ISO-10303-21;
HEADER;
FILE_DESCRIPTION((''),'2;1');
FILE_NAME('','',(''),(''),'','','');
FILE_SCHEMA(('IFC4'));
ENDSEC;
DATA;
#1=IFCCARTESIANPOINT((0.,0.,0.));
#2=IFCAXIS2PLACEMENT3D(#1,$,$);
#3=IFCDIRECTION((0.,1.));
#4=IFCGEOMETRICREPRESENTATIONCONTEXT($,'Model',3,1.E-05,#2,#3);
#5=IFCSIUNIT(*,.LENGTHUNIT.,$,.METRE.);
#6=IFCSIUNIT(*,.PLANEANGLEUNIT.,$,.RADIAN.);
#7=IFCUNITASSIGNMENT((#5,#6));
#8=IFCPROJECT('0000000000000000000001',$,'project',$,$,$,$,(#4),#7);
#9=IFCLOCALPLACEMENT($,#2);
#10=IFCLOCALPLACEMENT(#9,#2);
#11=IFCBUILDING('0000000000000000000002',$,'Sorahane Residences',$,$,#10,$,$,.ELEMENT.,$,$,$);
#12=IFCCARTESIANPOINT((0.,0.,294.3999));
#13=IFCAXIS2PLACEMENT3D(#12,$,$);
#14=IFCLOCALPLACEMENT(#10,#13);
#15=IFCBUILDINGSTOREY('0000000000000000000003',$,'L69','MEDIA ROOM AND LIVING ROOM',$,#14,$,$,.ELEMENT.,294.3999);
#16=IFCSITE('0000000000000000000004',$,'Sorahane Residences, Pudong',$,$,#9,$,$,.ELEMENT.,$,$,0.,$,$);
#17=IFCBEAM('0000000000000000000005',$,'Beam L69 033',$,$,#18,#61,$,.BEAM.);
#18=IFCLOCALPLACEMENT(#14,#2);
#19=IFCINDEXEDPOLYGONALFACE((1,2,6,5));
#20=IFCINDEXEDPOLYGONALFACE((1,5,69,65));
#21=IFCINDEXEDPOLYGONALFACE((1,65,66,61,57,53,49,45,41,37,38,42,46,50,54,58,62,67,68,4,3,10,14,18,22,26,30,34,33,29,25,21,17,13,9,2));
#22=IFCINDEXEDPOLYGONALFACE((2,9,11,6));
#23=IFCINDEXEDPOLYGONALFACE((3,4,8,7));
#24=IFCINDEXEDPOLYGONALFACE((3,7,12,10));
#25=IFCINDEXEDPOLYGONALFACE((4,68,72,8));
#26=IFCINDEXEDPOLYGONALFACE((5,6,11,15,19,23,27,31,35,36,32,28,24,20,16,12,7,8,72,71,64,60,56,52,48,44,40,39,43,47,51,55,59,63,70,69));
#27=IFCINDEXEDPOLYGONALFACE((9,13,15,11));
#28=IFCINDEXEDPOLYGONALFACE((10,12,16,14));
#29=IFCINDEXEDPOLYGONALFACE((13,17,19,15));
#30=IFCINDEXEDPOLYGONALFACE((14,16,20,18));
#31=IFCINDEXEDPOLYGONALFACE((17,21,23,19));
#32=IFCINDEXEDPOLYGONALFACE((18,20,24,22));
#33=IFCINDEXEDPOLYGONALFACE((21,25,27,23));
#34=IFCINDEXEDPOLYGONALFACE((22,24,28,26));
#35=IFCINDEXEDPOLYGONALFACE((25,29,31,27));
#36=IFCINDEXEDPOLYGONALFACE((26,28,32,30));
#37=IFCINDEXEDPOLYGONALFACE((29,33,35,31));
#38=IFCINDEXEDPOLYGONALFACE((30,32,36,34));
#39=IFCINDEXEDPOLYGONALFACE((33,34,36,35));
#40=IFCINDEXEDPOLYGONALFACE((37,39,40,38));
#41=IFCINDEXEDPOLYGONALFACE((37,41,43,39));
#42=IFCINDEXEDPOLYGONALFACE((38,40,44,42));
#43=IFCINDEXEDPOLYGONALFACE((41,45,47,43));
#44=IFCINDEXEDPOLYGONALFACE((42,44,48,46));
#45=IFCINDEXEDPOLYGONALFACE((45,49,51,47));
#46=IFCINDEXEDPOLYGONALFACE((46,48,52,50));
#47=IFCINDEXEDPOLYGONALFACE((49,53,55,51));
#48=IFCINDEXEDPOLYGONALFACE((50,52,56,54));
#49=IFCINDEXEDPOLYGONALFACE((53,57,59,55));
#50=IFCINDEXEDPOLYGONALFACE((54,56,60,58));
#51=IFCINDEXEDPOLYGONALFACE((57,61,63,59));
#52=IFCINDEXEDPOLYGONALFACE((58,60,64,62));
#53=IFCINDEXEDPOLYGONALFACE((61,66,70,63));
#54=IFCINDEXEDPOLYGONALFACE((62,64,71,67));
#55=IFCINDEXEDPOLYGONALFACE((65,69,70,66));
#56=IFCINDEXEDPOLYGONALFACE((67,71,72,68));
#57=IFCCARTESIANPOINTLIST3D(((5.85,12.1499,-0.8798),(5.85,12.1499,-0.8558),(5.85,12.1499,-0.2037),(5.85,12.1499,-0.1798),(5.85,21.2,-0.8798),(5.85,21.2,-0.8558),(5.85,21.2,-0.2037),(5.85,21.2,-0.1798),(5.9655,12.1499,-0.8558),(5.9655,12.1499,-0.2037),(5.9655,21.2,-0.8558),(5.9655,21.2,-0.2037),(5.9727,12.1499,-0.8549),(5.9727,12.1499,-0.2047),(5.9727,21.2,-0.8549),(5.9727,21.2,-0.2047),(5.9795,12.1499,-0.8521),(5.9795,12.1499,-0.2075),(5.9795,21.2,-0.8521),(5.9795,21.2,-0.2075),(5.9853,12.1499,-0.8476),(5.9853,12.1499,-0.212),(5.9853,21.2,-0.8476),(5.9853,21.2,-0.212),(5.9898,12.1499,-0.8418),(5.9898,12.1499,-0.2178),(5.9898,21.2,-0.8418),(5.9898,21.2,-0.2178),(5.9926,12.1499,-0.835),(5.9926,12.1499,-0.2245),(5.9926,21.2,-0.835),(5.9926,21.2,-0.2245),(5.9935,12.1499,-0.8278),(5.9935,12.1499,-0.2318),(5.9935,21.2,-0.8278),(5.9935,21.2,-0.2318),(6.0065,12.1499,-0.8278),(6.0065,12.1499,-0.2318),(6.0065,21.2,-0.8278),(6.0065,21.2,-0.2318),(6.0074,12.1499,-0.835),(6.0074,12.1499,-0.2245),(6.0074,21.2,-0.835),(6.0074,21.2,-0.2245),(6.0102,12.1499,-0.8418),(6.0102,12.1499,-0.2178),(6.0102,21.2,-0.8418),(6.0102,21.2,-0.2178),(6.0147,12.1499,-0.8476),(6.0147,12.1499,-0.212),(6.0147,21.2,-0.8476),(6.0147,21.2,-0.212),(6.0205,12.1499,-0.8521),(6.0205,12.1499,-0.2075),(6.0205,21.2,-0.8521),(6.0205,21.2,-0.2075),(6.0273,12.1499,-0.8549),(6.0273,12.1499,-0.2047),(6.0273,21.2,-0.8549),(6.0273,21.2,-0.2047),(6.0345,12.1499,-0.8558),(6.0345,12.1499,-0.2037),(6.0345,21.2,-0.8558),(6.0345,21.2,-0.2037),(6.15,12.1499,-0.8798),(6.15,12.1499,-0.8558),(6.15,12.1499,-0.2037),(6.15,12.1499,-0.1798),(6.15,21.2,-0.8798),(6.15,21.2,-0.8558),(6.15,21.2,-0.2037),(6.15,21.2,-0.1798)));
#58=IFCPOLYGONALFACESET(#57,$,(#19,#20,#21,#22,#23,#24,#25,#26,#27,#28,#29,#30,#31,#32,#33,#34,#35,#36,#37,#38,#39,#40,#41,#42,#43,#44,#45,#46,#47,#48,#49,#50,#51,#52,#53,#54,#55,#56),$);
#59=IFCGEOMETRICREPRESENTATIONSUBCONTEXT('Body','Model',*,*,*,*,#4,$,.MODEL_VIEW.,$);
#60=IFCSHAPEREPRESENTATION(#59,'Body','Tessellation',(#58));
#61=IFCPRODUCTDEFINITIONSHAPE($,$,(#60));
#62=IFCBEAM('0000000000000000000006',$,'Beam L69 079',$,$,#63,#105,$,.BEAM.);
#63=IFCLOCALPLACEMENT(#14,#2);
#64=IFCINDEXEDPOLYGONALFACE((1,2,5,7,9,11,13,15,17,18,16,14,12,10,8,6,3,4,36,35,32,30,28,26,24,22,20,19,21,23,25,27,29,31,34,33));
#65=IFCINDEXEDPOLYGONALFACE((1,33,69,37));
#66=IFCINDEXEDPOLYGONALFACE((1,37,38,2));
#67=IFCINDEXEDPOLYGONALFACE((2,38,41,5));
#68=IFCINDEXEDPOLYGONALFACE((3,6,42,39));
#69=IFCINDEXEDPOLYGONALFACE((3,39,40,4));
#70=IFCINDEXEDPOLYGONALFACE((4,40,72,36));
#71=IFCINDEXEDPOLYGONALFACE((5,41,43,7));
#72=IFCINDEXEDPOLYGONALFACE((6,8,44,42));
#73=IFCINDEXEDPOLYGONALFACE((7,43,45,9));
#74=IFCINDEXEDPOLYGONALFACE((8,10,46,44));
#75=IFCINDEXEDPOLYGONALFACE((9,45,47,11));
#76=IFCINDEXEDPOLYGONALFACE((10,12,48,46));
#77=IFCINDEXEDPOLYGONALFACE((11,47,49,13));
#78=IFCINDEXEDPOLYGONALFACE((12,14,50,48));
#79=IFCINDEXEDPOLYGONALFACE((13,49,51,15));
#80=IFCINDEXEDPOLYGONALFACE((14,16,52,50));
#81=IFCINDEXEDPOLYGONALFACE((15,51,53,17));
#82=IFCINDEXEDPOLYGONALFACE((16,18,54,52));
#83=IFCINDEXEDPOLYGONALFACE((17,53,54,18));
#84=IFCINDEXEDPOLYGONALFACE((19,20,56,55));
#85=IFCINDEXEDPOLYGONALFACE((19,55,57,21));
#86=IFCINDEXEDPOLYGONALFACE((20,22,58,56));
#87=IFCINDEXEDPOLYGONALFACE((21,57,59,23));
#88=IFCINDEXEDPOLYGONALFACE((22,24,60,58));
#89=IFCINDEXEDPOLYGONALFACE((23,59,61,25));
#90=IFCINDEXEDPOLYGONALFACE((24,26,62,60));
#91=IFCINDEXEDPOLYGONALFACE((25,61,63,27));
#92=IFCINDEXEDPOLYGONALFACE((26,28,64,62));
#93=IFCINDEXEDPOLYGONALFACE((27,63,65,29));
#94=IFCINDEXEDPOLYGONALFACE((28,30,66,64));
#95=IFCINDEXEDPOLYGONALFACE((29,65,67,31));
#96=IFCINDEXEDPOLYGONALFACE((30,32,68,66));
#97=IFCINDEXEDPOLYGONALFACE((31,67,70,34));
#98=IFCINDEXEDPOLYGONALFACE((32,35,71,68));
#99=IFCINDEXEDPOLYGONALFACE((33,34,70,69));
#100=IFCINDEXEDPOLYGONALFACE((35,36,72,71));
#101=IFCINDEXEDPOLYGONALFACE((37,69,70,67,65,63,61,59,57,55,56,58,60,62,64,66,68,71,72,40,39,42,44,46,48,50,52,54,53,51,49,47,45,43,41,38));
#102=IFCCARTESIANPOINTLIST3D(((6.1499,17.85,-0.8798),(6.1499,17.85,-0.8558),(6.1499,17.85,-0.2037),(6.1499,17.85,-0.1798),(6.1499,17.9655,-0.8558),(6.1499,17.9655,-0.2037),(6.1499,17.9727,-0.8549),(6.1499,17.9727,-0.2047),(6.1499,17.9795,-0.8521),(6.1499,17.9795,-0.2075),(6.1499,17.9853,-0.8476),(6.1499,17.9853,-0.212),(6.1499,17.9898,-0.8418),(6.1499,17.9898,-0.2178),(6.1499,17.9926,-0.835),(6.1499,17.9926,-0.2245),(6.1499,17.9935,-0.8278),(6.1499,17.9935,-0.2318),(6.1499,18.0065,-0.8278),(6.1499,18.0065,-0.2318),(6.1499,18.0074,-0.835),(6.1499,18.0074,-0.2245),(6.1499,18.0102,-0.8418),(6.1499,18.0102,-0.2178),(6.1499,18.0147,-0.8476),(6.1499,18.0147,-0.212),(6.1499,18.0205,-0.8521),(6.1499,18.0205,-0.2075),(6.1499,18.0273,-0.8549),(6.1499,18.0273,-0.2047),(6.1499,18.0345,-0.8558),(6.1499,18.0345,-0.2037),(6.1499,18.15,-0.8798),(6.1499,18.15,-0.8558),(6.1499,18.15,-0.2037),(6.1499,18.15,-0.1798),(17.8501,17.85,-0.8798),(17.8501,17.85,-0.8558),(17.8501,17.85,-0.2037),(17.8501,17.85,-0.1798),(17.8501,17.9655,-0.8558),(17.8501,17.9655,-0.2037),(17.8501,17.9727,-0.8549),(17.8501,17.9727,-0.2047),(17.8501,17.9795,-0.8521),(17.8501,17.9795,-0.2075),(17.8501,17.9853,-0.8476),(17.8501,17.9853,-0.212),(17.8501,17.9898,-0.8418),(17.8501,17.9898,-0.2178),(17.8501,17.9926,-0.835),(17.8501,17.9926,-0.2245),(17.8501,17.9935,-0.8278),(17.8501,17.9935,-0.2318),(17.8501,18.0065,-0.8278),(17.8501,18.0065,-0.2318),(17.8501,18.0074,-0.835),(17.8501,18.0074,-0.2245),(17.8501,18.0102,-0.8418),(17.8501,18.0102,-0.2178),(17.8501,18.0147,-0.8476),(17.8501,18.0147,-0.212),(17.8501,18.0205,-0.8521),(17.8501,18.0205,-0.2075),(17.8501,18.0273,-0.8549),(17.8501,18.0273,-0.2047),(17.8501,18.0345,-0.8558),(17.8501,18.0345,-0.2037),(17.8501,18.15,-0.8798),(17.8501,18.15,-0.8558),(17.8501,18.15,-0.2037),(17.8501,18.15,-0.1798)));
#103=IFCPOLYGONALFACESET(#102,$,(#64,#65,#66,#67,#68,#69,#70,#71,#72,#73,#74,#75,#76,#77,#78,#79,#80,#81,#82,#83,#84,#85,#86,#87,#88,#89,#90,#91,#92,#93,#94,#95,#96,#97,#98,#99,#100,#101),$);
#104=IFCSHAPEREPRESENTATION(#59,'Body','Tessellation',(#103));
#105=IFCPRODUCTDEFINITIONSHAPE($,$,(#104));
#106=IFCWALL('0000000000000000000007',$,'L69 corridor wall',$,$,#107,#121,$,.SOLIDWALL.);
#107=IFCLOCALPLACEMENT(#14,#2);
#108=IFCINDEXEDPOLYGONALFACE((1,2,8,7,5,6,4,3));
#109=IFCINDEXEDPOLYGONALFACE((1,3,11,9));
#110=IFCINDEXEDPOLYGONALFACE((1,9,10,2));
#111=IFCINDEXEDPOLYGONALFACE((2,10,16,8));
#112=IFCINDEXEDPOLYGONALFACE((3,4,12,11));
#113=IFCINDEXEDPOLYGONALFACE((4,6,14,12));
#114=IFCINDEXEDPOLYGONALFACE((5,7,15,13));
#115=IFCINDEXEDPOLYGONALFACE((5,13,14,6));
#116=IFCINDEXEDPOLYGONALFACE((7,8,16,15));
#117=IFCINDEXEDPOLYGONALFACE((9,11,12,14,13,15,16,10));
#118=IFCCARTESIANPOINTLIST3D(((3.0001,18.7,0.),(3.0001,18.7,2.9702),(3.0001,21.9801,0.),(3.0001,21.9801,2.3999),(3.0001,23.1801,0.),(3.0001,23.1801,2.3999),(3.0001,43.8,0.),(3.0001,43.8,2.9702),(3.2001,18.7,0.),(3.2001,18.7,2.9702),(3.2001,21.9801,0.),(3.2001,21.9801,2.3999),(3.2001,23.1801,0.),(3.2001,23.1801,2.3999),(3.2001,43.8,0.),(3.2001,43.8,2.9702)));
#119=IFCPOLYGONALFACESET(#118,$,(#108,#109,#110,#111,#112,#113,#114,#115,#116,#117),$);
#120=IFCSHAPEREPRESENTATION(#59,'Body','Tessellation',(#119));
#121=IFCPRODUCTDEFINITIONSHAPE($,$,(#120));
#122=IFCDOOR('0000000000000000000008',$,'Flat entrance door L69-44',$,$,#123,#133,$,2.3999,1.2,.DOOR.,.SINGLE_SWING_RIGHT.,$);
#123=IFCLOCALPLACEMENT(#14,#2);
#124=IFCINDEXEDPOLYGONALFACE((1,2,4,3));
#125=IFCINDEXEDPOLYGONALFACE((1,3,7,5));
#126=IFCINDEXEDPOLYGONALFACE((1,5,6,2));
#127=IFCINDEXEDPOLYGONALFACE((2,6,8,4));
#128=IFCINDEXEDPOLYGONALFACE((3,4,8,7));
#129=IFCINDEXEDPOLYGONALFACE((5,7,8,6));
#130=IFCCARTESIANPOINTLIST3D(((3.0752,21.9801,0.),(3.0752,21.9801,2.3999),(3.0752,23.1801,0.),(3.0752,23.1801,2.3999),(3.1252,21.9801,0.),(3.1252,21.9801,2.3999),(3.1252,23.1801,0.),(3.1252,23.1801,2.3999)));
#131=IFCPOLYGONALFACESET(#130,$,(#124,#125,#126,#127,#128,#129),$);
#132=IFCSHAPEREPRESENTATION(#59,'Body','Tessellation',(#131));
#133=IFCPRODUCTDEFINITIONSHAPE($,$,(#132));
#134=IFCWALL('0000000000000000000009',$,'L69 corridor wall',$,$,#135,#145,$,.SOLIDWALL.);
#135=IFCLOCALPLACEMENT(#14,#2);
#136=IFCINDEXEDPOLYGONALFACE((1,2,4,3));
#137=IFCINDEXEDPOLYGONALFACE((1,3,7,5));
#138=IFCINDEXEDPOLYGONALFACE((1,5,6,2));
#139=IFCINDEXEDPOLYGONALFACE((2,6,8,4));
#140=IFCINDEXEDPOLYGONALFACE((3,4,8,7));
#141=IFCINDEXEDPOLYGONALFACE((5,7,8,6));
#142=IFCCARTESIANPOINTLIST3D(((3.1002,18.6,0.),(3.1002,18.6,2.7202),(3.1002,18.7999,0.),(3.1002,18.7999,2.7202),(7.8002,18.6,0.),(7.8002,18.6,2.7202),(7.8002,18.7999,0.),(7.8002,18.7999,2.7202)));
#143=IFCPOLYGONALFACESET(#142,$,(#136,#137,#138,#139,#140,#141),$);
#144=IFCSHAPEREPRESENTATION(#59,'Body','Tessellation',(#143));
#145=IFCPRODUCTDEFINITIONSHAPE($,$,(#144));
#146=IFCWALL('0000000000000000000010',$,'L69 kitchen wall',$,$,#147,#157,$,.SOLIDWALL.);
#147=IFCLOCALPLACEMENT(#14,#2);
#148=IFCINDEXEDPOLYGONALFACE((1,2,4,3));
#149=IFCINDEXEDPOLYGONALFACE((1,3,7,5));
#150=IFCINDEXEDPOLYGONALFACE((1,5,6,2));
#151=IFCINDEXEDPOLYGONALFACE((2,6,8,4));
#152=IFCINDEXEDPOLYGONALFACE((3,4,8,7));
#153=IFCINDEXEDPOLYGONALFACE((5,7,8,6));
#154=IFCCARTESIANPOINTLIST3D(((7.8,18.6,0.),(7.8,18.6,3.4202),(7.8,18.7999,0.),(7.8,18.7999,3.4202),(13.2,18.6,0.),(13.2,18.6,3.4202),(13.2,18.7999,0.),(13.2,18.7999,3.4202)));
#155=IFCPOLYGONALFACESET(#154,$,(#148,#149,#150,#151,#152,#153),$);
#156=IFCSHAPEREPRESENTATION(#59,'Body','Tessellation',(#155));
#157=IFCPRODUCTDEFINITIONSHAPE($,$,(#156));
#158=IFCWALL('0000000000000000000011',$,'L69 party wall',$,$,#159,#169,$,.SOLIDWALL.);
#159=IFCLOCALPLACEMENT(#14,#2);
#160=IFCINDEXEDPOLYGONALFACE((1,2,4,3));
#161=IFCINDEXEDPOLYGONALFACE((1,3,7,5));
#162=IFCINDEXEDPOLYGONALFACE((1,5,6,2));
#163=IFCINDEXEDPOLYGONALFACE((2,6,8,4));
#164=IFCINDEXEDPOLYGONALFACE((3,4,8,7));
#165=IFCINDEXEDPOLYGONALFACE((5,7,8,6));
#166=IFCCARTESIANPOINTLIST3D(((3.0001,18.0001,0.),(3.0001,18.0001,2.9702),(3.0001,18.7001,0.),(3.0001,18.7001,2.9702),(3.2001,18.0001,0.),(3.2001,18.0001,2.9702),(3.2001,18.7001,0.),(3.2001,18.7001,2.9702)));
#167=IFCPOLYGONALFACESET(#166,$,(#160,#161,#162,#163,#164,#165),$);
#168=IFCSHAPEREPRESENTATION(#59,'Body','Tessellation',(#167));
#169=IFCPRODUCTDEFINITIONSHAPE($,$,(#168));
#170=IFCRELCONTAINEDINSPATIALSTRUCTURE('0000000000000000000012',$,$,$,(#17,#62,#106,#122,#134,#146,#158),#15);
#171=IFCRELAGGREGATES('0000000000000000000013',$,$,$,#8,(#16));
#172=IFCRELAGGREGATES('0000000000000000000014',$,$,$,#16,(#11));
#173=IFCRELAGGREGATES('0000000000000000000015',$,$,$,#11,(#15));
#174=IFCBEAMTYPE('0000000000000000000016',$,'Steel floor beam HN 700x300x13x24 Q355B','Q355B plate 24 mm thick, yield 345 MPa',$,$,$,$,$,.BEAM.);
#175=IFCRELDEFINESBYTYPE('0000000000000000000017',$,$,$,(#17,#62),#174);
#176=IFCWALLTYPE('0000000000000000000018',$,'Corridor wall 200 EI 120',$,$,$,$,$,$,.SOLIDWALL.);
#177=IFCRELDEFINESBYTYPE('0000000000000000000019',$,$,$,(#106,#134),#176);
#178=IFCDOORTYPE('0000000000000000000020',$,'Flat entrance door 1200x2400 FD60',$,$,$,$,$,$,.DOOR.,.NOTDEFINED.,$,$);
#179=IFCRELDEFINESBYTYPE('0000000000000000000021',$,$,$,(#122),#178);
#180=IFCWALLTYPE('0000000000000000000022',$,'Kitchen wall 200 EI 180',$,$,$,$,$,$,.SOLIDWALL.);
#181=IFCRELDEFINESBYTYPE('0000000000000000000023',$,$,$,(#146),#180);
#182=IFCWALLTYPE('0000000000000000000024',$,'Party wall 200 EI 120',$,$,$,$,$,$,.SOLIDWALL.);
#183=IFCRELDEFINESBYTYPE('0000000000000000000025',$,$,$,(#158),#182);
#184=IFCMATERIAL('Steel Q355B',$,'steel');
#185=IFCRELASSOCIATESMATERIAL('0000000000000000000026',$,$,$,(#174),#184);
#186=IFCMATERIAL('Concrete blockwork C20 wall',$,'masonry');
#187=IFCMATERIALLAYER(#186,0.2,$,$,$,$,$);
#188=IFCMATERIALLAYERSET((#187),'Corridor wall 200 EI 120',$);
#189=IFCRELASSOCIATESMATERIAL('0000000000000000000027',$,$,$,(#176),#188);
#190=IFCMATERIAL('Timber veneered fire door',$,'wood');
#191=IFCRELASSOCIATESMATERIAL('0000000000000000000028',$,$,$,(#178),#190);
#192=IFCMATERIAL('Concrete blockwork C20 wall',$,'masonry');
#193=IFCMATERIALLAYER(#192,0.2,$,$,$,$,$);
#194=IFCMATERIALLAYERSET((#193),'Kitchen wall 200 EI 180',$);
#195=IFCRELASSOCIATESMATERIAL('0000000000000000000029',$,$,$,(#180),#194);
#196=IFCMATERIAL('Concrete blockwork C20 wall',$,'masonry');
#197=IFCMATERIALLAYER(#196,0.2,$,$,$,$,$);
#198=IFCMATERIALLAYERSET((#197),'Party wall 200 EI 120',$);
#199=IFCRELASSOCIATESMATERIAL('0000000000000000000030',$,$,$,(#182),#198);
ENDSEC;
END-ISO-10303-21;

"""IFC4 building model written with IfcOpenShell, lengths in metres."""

from ifc_helpers import new_model, si_unit, direction, frame, frame_2d, origin, origin_2d, place, context, subcontext, project, spatial, rectangle, i_section, extrude, material, layer, layer_set, material_profile, profile_set, type_object, element, fill, save


model = new_model("IFC4")

# Units and contexts
model_context = context("Model", 3, precision=1e-05, world=origin(), true_north=direction((0.0, 1.0)))
body_context = subcontext(model_context, "Body", "Model", "MODEL_VIEW")
ifc_project = project(units=[si_unit("LENGTHUNIT", "METRE"), si_unit("PLANEANGLEUNIT", "RADIAN")], contexts=[model_context])

# Site, building, storey
site_placement = place(None, origin())
site = spatial("IfcSite", under=ifc_project, at=site_placement, Name="Sorahane Residences, Pudong", CompositionType="ELEMENT", RefElevation=0.0)
building_placement = place(site_placement, origin())
building = spatial("IfcBuilding", under=site, at=building_placement, Name="Sorahane Residences", CompositionType="ELEMENT")
storey_placement = place(building_placement, frame((0.0, 0.0, 294.3999)))
storey = spatial("IfcBuildingStorey", under=building, at=storey_placement, Name="L69", Description="MEDIA ROOM AND LIVING ROOM", CompositionType="ELEMENT", Elevation=294.3999)

# Beams
ifc_material_1 = material(Name="Steel Q355B", Category="steel")
ifc_material_profile_1 = material_profile(ifc_material_1, i_section(OverallWidth=0.3, OverallDepth=0.7, WebThickness=0.0129, FlangeThickness=0.0239, FilletRadius=0.0281, at=origin_2d()), Name="HN 700x300x13x24")
ifc_profile_set_1 = profile_set([ifc_material_profile_1], Name="Steel Q355B")
beam_type_1 = type_object("IfcBeamType", Name="Steel floor beam HN 700x300x13x24 Q355B", Description="Q355B plate 24 mm thick, yield 345 MPa", PredefinedType="BEAM", material=ifc_profile_set_1)
beam_1_placement = place(storey_placement, frame((6.0, 12.1499, -0.5298), z_axis=(0.0, 1.0, 0.0), x_axis=(-1.0, 0.0, 0.0)))
element("IfcBeam", 1, at=beam_1_placement, inside=storey, type_object=beam_type_1, Name="Beam L69 033", PredefinedType="BEAM", context=body_context, shape_type="SweptSolid", body=[
    extrude(i_section(OverallWidth=0.3, OverallDepth=0.7, WebThickness=0.0129, FlangeThickness=0.0239, FilletRadius=0.0281, at=origin_2d()), origin(), (0.0, 0.0, 1.0), 9.05),
])
beam_2_placement = place(storey_placement, frame((6.1499, 18.0, -0.5298), z_axis=(1.0, 0.0, 0.0), x_axis=(0.0, 1.0, 0.0)))
element("IfcBeam", 2, at=beam_2_placement, inside=storey, type_object=beam_type_1, Name="Beam L69 079", PredefinedType="BEAM", context=body_context, shape_type="SweptSolid", body=[
    extrude(i_section(OverallWidth=0.3, OverallDepth=0.7, WebThickness=0.0129, FlangeThickness=0.0239, FilletRadius=0.0281, at=origin_2d()), origin(), (0.0, 0.0, 1.0), 11.7002),
])

# Wall, opening, door
ifc_material_2 = material(Name="Concrete blockwork C20 wall", Category="masonry")
ifc_layer_1 = layer(ifc_material_2, 0.2)
ifc_layer_set_1 = layer_set([ifc_layer_1], Name="Corridor wall 200 EI 120")
wall_type_1 = type_object("IfcWallType", Name="Corridor wall 200 EI 120", PredefinedType="SOLIDWALL", material=ifc_layer_set_1)
wall_1_placement = place(storey_placement, frame((3.1001, 18.7, 0.0), z_axis=(0.0, 0.0, 1.0), x_axis=(0.0, 1.0, 0.0)))
wall_1 = element("IfcWall", 3, at=wall_1_placement, inside=storey, type_object=wall_type_1, Name="L69 corridor wall", PredefinedType="SOLIDWALL", context=body_context, shape_type="SweptSolid", body=[
    extrude(rectangle(XDim=25.1001, YDim=0.2, at=frame_2d((12.55, 0.0))), origin(), (0.0, 0.0, 1.0), 2.9702),
])
opening_1_placement = place(wall_1_placement, frame((3.28, 0.0, 0.0)))
opening_1 = element("IfcOpeningElement", 4, at=opening_1_placement, cuts=wall_1, PredefinedType="OPENING", context=body_context, shape_type="SweptSolid", body=[
    extrude(rectangle(XDim=1.2, YDim=2.3999, at=frame_2d((0.6001, 1.2))), frame((0.0, 0.1099, 0.0), z_axis=(0.0, -1.0, 0.0), x_axis=(1.0, 0.0, 0.0)), (0.0, 0.0, 1.0), 0.22),
])
ifc_material_3 = material(Name="Timber veneered fire door", Category="wood")
door_type_1 = type_object("IfcDoorType", Name="Flat entrance door 1200x2400 FD60", OperationType="NOTDEFINED", PredefinedType="DOOR", material=ifc_material_3)
door_1_placement = place(opening_1_placement, origin())
door_1 = element("IfcDoor", 5, at=door_1_placement, inside=storey, type_object=door_type_1, Name="Flat entrance door L69-44", OperationType="SINGLE_SWING_RIGHT", OverallHeight=2.3999, OverallWidth=1.2, PredefinedType="DOOR", context=body_context, shape_type="SweptSolid", body=[
    extrude(rectangle(XDim=1.2, YDim=2.3999, at=frame_2d((0.6001, 1.2))), frame((0.0, 0.0249, 0.0), z_axis=(0.0, -1.0, 0.0), x_axis=(1.0, 0.0, 0.0)), (0.0, 0.0, 1.0), 0.05),
])
fill(opening_1, door_1)

# Walls
wall_2_placement = place(storey_placement, frame((3.1001, 18.7, 0.0), z_axis=(0.0, 0.0, 1.0), x_axis=(1.0, 0.0, 0.0)))
element("IfcWall", 6, at=wall_2_placement, inside=storey, type_object=wall_type_1, Name="L69 corridor wall", PredefinedType="SOLIDWALL", context=body_context, shape_type="SweptSolid", body=[
    extrude(rectangle(XDim=4.7, YDim=0.2, at=frame_2d((2.3501, 0.0))), origin(), (0.0, 0.0, 1.0), 2.7202),
])
ifc_material_4 = material(Name="Concrete blockwork C20 wall", Category="masonry")
ifc_layer_2 = layer(ifc_material_4, 0.2)
ifc_layer_set_2 = layer_set([ifc_layer_2], Name="Kitchen wall 200 EI 180")
wall_type_2 = type_object("IfcWallType", Name="Kitchen wall 200 EI 180", PredefinedType="SOLIDWALL", material=ifc_layer_set_2)
wall_3_placement = place(storey_placement, frame((7.8, 18.7, 0.0), z_axis=(0.0, 0.0, 1.0), x_axis=(1.0, 0.0, 0.0)))
element("IfcWall", 7, at=wall_3_placement, inside=storey, type_object=wall_type_2, Name="L69 kitchen wall", PredefinedType="SOLIDWALL", context=body_context, shape_type="SweptSolid", body=[
    extrude(rectangle(XDim=5.3999, YDim=0.2, at=frame_2d((2.7, 0.0))), origin(), (0.0, 0.0, 1.0), 3.4202),
])
ifc_material_5 = material(Name="Concrete blockwork C20 wall", Category="masonry")
ifc_layer_3 = layer(ifc_material_5, 0.2)
ifc_layer_set_3 = layer_set([ifc_layer_3], Name="Party wall 200 EI 120")
wall_type_3 = type_object("IfcWallType", Name="Party wall 200 EI 120", PredefinedType="SOLIDWALL", material=ifc_layer_set_3)
wall_4_placement = place(storey_placement, frame((3.1001, 18.0, 0.0), z_axis=(0.0, 0.0, 1.0), x_axis=(0.0, 1.0, 0.0)))
element("IfcWall", 8, at=wall_4_placement, inside=storey, type_object=wall_type_3, Name="L69 party wall", PredefinedType="SOLIDWALL", context=body_context, shape_type="SweptSolid", body=[
    extrude(rectangle(XDim=0.7, YDim=0.2, at=frame_2d((0.3501, 0.0))), origin(), (0.0, 0.0, 1.0), 2.9702),
])

save(model, "model.ifc")
